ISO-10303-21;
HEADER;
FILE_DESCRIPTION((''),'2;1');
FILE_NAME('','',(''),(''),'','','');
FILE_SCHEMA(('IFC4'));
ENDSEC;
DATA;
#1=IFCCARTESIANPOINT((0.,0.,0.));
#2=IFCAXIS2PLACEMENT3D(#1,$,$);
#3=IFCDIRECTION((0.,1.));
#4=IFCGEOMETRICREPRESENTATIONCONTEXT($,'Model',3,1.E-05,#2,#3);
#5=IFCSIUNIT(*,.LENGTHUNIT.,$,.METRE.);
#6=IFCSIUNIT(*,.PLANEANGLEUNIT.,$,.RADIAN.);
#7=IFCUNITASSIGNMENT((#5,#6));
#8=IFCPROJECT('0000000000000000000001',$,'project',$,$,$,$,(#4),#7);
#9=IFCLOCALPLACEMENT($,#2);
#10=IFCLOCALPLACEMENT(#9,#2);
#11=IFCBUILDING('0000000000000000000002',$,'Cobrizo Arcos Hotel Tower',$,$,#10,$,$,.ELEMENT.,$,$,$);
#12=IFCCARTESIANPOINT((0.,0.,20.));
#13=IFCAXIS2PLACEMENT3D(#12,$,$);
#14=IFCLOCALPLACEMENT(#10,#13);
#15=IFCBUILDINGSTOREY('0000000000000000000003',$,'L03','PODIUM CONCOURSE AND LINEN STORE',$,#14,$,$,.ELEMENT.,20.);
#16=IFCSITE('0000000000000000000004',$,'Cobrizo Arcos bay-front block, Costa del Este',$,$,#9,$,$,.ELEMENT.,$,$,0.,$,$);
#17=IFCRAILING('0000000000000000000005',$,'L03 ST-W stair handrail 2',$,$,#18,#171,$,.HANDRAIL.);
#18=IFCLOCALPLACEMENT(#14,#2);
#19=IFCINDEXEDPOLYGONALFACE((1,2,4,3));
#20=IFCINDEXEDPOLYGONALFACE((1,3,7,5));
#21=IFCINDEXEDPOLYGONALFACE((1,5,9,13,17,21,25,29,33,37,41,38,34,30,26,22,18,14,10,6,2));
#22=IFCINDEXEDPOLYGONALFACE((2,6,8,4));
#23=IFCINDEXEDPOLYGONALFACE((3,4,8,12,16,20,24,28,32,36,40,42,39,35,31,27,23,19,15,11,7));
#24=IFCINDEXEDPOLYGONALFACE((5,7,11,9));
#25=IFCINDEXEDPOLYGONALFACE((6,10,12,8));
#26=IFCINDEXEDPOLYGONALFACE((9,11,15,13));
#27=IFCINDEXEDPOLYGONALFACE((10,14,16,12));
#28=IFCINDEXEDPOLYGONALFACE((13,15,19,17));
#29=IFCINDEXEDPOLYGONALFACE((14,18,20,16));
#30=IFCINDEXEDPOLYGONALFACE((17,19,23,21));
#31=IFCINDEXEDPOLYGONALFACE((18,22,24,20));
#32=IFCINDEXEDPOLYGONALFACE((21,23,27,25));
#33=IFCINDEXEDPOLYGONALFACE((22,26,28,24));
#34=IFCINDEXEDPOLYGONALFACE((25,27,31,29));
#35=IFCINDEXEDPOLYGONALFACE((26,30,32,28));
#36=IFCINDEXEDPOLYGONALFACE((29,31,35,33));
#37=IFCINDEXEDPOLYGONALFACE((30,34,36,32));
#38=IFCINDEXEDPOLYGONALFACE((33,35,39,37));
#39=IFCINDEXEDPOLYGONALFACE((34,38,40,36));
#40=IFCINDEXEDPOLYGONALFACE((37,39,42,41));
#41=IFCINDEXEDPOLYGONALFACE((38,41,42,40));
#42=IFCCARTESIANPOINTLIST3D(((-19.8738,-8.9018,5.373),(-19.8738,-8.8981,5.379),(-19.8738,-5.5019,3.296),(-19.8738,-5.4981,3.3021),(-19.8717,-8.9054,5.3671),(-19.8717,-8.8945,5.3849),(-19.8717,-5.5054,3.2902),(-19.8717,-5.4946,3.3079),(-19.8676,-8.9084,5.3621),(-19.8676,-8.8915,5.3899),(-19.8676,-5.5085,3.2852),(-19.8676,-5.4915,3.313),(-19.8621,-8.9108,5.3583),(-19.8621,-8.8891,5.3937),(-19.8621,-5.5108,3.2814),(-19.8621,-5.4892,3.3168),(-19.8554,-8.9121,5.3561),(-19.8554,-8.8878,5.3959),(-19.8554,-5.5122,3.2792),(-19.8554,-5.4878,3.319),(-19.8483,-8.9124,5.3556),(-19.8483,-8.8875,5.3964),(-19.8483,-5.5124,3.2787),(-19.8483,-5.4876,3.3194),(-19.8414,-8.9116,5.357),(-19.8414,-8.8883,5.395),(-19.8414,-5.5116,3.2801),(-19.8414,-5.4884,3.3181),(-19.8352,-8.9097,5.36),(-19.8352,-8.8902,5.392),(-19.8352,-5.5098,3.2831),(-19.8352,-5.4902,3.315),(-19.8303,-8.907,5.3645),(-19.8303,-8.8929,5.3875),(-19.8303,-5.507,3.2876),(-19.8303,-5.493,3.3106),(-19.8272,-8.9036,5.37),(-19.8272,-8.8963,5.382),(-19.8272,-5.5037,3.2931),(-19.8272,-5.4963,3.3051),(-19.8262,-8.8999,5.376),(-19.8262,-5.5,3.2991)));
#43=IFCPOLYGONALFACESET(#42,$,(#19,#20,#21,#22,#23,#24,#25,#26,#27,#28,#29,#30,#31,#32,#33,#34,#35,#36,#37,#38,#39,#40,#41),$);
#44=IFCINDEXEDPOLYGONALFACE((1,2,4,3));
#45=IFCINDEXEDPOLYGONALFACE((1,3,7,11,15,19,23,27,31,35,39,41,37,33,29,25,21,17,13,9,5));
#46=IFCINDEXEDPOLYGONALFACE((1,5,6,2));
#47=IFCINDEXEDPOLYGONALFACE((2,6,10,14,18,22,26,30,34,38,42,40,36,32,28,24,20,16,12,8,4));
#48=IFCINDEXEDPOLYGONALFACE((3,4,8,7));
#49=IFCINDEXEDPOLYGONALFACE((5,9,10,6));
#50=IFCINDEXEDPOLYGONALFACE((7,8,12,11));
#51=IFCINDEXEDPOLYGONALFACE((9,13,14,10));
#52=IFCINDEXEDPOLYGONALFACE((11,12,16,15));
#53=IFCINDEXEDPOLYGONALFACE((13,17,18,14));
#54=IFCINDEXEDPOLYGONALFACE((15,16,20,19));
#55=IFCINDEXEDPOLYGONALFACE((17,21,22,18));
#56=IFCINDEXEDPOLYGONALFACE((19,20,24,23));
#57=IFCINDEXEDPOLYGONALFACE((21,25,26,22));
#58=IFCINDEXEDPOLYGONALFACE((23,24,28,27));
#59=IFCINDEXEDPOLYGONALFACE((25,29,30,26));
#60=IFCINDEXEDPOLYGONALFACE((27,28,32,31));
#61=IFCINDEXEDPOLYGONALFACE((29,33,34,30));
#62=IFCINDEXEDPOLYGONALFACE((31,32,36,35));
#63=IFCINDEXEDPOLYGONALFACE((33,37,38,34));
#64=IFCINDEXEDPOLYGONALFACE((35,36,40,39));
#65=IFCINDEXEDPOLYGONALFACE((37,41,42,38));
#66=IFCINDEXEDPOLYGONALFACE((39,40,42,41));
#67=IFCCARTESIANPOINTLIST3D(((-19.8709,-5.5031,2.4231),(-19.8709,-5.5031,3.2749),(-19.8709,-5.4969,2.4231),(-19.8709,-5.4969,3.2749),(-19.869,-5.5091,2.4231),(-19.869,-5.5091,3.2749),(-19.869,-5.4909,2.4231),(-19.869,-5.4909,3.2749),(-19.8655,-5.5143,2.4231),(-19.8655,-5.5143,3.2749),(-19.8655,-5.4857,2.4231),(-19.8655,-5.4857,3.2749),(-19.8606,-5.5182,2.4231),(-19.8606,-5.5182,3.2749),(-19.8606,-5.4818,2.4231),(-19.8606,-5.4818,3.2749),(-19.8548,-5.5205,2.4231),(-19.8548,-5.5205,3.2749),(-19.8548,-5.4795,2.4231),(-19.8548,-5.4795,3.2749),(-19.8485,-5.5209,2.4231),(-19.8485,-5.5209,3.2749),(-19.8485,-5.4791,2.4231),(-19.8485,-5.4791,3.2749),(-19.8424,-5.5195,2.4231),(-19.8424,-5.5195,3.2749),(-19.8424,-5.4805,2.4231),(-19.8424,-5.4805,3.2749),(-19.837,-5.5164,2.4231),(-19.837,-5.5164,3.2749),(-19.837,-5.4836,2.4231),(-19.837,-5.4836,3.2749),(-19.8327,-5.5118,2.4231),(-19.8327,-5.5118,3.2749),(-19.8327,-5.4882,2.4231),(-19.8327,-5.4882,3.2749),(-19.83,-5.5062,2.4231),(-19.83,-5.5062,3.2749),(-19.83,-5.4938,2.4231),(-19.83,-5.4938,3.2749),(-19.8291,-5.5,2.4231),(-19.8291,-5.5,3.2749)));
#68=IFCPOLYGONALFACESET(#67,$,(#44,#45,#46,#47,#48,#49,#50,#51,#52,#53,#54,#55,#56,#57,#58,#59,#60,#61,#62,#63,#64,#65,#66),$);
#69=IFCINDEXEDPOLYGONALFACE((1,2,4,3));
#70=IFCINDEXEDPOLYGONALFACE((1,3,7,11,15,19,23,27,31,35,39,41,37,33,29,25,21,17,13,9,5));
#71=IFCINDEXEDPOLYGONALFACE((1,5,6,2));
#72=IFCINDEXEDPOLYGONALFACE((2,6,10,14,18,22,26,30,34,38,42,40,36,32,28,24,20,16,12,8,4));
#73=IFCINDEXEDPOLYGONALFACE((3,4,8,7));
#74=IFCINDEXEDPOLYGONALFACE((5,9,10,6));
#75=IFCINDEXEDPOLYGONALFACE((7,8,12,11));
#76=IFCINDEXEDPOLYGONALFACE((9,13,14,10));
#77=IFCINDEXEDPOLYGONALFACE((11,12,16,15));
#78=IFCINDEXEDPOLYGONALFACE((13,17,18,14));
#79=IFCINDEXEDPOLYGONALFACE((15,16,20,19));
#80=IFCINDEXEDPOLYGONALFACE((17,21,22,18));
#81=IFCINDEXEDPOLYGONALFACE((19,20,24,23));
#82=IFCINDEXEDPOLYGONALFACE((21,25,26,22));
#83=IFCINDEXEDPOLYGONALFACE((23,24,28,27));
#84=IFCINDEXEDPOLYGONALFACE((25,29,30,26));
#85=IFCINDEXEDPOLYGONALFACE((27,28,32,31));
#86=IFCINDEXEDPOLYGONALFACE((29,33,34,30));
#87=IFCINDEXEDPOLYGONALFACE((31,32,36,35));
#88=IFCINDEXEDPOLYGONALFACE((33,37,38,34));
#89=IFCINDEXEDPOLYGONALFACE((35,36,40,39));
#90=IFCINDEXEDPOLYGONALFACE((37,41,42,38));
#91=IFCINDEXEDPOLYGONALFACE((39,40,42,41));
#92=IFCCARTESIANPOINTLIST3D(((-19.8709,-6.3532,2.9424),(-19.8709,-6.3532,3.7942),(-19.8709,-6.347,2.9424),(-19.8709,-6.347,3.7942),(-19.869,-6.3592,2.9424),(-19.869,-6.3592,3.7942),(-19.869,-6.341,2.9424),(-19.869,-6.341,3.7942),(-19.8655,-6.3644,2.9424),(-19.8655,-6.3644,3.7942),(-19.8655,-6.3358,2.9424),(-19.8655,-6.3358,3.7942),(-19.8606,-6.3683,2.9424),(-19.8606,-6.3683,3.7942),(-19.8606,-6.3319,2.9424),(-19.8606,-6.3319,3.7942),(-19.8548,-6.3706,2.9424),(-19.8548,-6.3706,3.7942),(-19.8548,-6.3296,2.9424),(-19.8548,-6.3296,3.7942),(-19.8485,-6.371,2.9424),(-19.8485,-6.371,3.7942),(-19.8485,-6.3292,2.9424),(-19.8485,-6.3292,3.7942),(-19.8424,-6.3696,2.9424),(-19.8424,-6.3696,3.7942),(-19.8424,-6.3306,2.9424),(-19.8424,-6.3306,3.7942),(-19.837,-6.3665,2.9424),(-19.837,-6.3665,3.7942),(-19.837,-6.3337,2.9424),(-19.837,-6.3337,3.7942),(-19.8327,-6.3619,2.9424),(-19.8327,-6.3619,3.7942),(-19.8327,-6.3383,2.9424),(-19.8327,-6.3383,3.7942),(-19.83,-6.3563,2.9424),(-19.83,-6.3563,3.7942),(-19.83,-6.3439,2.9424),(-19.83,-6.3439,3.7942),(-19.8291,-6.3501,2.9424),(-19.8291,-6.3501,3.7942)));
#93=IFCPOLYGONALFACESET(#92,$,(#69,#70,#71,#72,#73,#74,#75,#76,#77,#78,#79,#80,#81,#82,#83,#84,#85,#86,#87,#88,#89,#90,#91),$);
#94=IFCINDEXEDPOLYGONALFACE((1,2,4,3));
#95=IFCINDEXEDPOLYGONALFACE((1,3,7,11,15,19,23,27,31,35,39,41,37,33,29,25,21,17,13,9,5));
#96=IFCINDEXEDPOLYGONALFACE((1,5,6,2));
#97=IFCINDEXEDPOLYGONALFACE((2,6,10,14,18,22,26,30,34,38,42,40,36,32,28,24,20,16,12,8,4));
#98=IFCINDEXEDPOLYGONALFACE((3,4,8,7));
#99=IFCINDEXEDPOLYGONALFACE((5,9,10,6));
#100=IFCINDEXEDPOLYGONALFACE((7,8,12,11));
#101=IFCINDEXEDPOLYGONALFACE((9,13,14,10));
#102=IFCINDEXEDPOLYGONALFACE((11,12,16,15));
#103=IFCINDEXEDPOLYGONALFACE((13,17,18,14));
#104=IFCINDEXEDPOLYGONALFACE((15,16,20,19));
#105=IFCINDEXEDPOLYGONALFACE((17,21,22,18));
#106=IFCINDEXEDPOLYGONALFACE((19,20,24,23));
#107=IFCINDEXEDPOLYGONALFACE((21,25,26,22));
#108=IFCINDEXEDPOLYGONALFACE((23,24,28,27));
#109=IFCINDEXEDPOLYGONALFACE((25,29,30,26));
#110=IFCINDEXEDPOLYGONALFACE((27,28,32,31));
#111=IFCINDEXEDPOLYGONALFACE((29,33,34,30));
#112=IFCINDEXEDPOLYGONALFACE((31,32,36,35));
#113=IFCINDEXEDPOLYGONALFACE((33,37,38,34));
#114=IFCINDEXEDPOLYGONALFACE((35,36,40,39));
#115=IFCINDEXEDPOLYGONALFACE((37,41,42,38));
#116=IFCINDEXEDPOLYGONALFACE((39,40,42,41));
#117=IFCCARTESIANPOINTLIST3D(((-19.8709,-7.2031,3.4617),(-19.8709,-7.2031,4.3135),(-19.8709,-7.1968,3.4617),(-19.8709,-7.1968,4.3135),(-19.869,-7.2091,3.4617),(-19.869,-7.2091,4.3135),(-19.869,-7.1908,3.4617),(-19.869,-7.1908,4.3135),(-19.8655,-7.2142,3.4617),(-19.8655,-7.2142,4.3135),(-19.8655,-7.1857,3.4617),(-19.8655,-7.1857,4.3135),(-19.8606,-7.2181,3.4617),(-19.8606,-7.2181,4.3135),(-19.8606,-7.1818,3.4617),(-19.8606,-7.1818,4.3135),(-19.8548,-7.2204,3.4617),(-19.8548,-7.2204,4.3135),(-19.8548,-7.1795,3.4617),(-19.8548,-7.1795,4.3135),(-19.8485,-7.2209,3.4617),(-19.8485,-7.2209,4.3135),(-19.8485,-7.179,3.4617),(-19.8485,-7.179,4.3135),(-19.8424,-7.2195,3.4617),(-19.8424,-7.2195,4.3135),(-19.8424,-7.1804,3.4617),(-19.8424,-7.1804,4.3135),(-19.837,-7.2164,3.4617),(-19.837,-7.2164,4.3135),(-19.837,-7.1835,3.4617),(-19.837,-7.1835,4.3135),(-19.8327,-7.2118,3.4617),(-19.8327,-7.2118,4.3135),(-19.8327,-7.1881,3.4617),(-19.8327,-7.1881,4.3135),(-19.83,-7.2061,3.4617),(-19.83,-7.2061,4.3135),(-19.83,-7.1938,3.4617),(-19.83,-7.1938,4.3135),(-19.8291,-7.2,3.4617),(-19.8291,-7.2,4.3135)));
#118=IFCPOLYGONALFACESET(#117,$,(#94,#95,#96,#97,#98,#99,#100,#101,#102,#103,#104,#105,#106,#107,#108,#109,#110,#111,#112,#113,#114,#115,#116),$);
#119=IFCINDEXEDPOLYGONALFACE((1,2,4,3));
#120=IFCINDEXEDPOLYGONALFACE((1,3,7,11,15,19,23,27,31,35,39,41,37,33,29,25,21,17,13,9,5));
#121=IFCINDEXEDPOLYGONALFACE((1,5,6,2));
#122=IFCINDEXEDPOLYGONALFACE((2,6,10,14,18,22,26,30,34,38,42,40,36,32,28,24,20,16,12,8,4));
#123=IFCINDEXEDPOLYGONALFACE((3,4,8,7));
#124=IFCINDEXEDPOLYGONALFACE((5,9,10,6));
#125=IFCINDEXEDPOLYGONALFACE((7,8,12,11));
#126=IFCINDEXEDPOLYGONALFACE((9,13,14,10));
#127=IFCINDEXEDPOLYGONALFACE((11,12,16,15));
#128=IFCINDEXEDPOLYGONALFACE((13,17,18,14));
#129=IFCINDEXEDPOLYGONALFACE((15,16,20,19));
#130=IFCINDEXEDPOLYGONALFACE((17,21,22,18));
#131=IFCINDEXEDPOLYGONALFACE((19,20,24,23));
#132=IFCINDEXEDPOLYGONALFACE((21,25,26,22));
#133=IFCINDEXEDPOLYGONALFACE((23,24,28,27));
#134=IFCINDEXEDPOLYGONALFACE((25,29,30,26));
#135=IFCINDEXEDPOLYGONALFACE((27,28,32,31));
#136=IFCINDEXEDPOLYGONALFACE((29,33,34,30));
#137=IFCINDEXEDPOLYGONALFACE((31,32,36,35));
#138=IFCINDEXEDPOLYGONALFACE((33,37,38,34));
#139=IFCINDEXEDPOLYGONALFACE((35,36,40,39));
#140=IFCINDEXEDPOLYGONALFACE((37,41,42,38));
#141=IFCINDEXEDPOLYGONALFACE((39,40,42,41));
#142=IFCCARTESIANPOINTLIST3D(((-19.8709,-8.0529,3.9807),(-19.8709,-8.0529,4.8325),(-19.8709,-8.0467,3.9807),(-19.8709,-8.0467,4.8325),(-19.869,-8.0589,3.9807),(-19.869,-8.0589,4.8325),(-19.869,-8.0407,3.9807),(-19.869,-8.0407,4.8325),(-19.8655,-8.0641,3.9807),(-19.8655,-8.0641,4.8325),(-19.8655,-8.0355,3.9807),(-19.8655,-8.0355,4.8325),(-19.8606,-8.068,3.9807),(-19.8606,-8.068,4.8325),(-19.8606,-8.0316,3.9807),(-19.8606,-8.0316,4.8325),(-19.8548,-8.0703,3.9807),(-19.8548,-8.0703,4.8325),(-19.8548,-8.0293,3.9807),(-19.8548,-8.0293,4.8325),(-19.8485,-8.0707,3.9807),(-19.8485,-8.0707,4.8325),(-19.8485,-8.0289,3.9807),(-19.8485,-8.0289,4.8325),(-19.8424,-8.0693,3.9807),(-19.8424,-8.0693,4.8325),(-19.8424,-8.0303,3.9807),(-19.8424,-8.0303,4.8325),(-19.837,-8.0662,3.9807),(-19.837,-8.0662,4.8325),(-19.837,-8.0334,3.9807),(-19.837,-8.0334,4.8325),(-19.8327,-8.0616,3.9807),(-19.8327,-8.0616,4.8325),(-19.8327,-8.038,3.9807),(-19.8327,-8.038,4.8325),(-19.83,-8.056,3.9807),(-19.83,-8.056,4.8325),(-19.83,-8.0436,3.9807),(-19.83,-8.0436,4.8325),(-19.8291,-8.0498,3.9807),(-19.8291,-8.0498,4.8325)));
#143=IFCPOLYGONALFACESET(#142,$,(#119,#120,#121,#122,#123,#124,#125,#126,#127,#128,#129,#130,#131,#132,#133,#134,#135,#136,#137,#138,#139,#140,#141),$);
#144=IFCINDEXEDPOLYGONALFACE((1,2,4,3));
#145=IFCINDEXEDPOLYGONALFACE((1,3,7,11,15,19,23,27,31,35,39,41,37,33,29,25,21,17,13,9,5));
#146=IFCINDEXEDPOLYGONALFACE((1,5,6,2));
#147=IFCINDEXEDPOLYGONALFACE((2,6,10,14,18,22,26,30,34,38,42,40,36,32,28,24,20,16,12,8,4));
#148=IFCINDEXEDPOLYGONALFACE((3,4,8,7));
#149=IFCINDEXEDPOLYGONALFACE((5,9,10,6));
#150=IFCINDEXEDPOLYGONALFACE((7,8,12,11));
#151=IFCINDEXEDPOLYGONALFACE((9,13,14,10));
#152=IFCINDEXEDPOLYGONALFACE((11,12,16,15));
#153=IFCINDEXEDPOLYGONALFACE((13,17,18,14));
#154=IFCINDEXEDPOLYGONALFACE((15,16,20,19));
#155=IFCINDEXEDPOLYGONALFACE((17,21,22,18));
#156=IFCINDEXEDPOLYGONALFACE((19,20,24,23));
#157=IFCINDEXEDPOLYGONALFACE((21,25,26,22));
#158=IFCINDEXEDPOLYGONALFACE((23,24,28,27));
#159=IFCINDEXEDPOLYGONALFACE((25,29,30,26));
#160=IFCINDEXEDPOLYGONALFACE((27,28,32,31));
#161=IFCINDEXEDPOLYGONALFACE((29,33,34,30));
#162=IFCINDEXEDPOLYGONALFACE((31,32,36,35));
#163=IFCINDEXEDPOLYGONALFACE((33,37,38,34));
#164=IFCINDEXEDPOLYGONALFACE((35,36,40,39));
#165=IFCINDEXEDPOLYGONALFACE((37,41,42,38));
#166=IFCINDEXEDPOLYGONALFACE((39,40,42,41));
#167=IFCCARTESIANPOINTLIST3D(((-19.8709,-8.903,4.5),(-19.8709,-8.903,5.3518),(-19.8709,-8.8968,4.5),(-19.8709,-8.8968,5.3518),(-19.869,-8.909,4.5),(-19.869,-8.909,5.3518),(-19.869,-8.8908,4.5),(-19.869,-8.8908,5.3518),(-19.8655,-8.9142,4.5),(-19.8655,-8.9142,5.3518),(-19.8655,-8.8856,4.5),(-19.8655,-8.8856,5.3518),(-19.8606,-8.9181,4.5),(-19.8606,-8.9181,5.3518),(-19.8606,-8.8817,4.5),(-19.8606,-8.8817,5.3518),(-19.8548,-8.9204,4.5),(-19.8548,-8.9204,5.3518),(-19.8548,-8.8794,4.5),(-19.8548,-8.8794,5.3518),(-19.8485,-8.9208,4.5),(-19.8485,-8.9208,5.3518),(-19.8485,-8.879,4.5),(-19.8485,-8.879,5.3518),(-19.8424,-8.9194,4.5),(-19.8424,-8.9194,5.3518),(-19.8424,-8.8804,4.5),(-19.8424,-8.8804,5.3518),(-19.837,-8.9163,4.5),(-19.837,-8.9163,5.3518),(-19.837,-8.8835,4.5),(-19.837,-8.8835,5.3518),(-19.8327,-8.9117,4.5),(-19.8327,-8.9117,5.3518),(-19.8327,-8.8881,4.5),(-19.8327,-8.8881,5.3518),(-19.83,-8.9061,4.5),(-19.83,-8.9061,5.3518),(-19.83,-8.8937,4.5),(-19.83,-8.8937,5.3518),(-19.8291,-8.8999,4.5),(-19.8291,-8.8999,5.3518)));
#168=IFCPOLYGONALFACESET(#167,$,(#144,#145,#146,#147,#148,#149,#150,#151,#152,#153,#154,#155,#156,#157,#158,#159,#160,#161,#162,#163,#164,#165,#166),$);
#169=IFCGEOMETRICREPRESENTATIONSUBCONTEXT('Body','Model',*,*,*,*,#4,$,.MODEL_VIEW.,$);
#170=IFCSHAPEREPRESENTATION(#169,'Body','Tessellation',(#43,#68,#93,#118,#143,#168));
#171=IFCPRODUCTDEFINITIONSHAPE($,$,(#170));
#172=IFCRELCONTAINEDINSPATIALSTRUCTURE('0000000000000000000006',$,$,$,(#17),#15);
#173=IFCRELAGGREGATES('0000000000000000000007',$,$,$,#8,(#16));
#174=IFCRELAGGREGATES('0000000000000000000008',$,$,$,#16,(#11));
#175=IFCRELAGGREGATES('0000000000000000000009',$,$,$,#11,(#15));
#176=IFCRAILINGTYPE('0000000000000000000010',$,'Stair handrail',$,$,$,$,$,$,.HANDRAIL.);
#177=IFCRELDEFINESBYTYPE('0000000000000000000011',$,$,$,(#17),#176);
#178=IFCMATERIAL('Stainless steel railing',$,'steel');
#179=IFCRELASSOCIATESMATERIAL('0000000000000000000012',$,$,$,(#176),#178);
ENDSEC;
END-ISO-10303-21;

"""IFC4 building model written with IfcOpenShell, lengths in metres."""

from ifc_helpers import new_model, si_unit, direction, frame, origin, origin_2d, place, context, subcontext, project, spatial, circle, extrude, material, type_object, element, save


model = new_model("IFC4")

# Units and contexts
model_context = context("Model", 3, precision=1e-05, world=origin(), true_north=direction((0.0, 1.0)))
body_context = subcontext(model_context, "Body", "Model", "MODEL_VIEW")
ifc_project = project(units=[si_unit("LENGTHUNIT", "METRE"), si_unit("PLANEANGLEUNIT", "RADIAN")], contexts=[model_context])

# Site, building, storey
site_placement = place(None, origin())
site = spatial("IfcSite", under=ifc_project, at=site_placement, Name="Cobrizo Arcos bay-front block, Costa del Este", CompositionType="ELEMENT", RefElevation=0.0)
building_placement = place(site_placement, origin())
building = spatial("IfcBuilding", under=site, at=building_placement, Name="Cobrizo Arcos Hotel Tower", CompositionType="ELEMENT")
storey_placement = place(building_placement, frame((0.0, 0.0, 20.0)))
storey = spatial("IfcBuildingStorey", under=building, at=storey_placement, Name="L03", Description="PODIUM CONCOURSE AND LINEN STORE", CompositionType="ELEMENT", Elevation=20.0)

# Railing
ifc_material_1 = material(Name="Stainless steel railing", Category="steel")
railing_type_1 = type_object("IfcRailingType", Name="Stair handrail", PredefinedType="HANDRAIL", material=ifc_material_1)
railing_1_placement = place(storey_placement, frame((-19.8501, -5.5, 2.4231)))
element("IfcRailing", 1, at=railing_1_placement, inside=storey, type_object=railing_type_1, Name="L03 ST-W stair handrail 2", PredefinedType="HANDRAIL", context=body_context, shape_type="SweptSolid", body=[
    extrude(circle(Radius=0.0239, at=origin_2d()), frame((0.0, 0.0, 0.876), z_axis=(0.0, -0.853373, 0.521301), x_axis=(1.0, 0.0, 0.0)), (0.0, 0.0, 1.0), 3.9841),
    extrude(circle(Radius=0.021, at=origin_2d()), origin(), (0.0, 0.0, 1.0), 0.8518),
    extrude(circle(Radius=0.021, at=origin_2d()), frame((0.0, -0.8501, 0.5193)), (0.0, 0.0, 1.0), 0.8518),
    extrude(circle(Radius=0.021, at=origin_2d()), frame((0.0, -1.7, 1.0386)), (0.0, 0.0, 1.0), 0.8518),
    extrude(circle(Radius=0.021, at=origin_2d()), frame((0.0, -2.5498, 1.5576)), (0.0, 0.0, 1.0), 0.8518),
    extrude(circle(Radius=0.021, at=origin_2d()), frame((0.0, -3.3999, 2.0769)), (0.0, 0.0, 1.0), 0.8518),
])

save(model, "model.ifc")
